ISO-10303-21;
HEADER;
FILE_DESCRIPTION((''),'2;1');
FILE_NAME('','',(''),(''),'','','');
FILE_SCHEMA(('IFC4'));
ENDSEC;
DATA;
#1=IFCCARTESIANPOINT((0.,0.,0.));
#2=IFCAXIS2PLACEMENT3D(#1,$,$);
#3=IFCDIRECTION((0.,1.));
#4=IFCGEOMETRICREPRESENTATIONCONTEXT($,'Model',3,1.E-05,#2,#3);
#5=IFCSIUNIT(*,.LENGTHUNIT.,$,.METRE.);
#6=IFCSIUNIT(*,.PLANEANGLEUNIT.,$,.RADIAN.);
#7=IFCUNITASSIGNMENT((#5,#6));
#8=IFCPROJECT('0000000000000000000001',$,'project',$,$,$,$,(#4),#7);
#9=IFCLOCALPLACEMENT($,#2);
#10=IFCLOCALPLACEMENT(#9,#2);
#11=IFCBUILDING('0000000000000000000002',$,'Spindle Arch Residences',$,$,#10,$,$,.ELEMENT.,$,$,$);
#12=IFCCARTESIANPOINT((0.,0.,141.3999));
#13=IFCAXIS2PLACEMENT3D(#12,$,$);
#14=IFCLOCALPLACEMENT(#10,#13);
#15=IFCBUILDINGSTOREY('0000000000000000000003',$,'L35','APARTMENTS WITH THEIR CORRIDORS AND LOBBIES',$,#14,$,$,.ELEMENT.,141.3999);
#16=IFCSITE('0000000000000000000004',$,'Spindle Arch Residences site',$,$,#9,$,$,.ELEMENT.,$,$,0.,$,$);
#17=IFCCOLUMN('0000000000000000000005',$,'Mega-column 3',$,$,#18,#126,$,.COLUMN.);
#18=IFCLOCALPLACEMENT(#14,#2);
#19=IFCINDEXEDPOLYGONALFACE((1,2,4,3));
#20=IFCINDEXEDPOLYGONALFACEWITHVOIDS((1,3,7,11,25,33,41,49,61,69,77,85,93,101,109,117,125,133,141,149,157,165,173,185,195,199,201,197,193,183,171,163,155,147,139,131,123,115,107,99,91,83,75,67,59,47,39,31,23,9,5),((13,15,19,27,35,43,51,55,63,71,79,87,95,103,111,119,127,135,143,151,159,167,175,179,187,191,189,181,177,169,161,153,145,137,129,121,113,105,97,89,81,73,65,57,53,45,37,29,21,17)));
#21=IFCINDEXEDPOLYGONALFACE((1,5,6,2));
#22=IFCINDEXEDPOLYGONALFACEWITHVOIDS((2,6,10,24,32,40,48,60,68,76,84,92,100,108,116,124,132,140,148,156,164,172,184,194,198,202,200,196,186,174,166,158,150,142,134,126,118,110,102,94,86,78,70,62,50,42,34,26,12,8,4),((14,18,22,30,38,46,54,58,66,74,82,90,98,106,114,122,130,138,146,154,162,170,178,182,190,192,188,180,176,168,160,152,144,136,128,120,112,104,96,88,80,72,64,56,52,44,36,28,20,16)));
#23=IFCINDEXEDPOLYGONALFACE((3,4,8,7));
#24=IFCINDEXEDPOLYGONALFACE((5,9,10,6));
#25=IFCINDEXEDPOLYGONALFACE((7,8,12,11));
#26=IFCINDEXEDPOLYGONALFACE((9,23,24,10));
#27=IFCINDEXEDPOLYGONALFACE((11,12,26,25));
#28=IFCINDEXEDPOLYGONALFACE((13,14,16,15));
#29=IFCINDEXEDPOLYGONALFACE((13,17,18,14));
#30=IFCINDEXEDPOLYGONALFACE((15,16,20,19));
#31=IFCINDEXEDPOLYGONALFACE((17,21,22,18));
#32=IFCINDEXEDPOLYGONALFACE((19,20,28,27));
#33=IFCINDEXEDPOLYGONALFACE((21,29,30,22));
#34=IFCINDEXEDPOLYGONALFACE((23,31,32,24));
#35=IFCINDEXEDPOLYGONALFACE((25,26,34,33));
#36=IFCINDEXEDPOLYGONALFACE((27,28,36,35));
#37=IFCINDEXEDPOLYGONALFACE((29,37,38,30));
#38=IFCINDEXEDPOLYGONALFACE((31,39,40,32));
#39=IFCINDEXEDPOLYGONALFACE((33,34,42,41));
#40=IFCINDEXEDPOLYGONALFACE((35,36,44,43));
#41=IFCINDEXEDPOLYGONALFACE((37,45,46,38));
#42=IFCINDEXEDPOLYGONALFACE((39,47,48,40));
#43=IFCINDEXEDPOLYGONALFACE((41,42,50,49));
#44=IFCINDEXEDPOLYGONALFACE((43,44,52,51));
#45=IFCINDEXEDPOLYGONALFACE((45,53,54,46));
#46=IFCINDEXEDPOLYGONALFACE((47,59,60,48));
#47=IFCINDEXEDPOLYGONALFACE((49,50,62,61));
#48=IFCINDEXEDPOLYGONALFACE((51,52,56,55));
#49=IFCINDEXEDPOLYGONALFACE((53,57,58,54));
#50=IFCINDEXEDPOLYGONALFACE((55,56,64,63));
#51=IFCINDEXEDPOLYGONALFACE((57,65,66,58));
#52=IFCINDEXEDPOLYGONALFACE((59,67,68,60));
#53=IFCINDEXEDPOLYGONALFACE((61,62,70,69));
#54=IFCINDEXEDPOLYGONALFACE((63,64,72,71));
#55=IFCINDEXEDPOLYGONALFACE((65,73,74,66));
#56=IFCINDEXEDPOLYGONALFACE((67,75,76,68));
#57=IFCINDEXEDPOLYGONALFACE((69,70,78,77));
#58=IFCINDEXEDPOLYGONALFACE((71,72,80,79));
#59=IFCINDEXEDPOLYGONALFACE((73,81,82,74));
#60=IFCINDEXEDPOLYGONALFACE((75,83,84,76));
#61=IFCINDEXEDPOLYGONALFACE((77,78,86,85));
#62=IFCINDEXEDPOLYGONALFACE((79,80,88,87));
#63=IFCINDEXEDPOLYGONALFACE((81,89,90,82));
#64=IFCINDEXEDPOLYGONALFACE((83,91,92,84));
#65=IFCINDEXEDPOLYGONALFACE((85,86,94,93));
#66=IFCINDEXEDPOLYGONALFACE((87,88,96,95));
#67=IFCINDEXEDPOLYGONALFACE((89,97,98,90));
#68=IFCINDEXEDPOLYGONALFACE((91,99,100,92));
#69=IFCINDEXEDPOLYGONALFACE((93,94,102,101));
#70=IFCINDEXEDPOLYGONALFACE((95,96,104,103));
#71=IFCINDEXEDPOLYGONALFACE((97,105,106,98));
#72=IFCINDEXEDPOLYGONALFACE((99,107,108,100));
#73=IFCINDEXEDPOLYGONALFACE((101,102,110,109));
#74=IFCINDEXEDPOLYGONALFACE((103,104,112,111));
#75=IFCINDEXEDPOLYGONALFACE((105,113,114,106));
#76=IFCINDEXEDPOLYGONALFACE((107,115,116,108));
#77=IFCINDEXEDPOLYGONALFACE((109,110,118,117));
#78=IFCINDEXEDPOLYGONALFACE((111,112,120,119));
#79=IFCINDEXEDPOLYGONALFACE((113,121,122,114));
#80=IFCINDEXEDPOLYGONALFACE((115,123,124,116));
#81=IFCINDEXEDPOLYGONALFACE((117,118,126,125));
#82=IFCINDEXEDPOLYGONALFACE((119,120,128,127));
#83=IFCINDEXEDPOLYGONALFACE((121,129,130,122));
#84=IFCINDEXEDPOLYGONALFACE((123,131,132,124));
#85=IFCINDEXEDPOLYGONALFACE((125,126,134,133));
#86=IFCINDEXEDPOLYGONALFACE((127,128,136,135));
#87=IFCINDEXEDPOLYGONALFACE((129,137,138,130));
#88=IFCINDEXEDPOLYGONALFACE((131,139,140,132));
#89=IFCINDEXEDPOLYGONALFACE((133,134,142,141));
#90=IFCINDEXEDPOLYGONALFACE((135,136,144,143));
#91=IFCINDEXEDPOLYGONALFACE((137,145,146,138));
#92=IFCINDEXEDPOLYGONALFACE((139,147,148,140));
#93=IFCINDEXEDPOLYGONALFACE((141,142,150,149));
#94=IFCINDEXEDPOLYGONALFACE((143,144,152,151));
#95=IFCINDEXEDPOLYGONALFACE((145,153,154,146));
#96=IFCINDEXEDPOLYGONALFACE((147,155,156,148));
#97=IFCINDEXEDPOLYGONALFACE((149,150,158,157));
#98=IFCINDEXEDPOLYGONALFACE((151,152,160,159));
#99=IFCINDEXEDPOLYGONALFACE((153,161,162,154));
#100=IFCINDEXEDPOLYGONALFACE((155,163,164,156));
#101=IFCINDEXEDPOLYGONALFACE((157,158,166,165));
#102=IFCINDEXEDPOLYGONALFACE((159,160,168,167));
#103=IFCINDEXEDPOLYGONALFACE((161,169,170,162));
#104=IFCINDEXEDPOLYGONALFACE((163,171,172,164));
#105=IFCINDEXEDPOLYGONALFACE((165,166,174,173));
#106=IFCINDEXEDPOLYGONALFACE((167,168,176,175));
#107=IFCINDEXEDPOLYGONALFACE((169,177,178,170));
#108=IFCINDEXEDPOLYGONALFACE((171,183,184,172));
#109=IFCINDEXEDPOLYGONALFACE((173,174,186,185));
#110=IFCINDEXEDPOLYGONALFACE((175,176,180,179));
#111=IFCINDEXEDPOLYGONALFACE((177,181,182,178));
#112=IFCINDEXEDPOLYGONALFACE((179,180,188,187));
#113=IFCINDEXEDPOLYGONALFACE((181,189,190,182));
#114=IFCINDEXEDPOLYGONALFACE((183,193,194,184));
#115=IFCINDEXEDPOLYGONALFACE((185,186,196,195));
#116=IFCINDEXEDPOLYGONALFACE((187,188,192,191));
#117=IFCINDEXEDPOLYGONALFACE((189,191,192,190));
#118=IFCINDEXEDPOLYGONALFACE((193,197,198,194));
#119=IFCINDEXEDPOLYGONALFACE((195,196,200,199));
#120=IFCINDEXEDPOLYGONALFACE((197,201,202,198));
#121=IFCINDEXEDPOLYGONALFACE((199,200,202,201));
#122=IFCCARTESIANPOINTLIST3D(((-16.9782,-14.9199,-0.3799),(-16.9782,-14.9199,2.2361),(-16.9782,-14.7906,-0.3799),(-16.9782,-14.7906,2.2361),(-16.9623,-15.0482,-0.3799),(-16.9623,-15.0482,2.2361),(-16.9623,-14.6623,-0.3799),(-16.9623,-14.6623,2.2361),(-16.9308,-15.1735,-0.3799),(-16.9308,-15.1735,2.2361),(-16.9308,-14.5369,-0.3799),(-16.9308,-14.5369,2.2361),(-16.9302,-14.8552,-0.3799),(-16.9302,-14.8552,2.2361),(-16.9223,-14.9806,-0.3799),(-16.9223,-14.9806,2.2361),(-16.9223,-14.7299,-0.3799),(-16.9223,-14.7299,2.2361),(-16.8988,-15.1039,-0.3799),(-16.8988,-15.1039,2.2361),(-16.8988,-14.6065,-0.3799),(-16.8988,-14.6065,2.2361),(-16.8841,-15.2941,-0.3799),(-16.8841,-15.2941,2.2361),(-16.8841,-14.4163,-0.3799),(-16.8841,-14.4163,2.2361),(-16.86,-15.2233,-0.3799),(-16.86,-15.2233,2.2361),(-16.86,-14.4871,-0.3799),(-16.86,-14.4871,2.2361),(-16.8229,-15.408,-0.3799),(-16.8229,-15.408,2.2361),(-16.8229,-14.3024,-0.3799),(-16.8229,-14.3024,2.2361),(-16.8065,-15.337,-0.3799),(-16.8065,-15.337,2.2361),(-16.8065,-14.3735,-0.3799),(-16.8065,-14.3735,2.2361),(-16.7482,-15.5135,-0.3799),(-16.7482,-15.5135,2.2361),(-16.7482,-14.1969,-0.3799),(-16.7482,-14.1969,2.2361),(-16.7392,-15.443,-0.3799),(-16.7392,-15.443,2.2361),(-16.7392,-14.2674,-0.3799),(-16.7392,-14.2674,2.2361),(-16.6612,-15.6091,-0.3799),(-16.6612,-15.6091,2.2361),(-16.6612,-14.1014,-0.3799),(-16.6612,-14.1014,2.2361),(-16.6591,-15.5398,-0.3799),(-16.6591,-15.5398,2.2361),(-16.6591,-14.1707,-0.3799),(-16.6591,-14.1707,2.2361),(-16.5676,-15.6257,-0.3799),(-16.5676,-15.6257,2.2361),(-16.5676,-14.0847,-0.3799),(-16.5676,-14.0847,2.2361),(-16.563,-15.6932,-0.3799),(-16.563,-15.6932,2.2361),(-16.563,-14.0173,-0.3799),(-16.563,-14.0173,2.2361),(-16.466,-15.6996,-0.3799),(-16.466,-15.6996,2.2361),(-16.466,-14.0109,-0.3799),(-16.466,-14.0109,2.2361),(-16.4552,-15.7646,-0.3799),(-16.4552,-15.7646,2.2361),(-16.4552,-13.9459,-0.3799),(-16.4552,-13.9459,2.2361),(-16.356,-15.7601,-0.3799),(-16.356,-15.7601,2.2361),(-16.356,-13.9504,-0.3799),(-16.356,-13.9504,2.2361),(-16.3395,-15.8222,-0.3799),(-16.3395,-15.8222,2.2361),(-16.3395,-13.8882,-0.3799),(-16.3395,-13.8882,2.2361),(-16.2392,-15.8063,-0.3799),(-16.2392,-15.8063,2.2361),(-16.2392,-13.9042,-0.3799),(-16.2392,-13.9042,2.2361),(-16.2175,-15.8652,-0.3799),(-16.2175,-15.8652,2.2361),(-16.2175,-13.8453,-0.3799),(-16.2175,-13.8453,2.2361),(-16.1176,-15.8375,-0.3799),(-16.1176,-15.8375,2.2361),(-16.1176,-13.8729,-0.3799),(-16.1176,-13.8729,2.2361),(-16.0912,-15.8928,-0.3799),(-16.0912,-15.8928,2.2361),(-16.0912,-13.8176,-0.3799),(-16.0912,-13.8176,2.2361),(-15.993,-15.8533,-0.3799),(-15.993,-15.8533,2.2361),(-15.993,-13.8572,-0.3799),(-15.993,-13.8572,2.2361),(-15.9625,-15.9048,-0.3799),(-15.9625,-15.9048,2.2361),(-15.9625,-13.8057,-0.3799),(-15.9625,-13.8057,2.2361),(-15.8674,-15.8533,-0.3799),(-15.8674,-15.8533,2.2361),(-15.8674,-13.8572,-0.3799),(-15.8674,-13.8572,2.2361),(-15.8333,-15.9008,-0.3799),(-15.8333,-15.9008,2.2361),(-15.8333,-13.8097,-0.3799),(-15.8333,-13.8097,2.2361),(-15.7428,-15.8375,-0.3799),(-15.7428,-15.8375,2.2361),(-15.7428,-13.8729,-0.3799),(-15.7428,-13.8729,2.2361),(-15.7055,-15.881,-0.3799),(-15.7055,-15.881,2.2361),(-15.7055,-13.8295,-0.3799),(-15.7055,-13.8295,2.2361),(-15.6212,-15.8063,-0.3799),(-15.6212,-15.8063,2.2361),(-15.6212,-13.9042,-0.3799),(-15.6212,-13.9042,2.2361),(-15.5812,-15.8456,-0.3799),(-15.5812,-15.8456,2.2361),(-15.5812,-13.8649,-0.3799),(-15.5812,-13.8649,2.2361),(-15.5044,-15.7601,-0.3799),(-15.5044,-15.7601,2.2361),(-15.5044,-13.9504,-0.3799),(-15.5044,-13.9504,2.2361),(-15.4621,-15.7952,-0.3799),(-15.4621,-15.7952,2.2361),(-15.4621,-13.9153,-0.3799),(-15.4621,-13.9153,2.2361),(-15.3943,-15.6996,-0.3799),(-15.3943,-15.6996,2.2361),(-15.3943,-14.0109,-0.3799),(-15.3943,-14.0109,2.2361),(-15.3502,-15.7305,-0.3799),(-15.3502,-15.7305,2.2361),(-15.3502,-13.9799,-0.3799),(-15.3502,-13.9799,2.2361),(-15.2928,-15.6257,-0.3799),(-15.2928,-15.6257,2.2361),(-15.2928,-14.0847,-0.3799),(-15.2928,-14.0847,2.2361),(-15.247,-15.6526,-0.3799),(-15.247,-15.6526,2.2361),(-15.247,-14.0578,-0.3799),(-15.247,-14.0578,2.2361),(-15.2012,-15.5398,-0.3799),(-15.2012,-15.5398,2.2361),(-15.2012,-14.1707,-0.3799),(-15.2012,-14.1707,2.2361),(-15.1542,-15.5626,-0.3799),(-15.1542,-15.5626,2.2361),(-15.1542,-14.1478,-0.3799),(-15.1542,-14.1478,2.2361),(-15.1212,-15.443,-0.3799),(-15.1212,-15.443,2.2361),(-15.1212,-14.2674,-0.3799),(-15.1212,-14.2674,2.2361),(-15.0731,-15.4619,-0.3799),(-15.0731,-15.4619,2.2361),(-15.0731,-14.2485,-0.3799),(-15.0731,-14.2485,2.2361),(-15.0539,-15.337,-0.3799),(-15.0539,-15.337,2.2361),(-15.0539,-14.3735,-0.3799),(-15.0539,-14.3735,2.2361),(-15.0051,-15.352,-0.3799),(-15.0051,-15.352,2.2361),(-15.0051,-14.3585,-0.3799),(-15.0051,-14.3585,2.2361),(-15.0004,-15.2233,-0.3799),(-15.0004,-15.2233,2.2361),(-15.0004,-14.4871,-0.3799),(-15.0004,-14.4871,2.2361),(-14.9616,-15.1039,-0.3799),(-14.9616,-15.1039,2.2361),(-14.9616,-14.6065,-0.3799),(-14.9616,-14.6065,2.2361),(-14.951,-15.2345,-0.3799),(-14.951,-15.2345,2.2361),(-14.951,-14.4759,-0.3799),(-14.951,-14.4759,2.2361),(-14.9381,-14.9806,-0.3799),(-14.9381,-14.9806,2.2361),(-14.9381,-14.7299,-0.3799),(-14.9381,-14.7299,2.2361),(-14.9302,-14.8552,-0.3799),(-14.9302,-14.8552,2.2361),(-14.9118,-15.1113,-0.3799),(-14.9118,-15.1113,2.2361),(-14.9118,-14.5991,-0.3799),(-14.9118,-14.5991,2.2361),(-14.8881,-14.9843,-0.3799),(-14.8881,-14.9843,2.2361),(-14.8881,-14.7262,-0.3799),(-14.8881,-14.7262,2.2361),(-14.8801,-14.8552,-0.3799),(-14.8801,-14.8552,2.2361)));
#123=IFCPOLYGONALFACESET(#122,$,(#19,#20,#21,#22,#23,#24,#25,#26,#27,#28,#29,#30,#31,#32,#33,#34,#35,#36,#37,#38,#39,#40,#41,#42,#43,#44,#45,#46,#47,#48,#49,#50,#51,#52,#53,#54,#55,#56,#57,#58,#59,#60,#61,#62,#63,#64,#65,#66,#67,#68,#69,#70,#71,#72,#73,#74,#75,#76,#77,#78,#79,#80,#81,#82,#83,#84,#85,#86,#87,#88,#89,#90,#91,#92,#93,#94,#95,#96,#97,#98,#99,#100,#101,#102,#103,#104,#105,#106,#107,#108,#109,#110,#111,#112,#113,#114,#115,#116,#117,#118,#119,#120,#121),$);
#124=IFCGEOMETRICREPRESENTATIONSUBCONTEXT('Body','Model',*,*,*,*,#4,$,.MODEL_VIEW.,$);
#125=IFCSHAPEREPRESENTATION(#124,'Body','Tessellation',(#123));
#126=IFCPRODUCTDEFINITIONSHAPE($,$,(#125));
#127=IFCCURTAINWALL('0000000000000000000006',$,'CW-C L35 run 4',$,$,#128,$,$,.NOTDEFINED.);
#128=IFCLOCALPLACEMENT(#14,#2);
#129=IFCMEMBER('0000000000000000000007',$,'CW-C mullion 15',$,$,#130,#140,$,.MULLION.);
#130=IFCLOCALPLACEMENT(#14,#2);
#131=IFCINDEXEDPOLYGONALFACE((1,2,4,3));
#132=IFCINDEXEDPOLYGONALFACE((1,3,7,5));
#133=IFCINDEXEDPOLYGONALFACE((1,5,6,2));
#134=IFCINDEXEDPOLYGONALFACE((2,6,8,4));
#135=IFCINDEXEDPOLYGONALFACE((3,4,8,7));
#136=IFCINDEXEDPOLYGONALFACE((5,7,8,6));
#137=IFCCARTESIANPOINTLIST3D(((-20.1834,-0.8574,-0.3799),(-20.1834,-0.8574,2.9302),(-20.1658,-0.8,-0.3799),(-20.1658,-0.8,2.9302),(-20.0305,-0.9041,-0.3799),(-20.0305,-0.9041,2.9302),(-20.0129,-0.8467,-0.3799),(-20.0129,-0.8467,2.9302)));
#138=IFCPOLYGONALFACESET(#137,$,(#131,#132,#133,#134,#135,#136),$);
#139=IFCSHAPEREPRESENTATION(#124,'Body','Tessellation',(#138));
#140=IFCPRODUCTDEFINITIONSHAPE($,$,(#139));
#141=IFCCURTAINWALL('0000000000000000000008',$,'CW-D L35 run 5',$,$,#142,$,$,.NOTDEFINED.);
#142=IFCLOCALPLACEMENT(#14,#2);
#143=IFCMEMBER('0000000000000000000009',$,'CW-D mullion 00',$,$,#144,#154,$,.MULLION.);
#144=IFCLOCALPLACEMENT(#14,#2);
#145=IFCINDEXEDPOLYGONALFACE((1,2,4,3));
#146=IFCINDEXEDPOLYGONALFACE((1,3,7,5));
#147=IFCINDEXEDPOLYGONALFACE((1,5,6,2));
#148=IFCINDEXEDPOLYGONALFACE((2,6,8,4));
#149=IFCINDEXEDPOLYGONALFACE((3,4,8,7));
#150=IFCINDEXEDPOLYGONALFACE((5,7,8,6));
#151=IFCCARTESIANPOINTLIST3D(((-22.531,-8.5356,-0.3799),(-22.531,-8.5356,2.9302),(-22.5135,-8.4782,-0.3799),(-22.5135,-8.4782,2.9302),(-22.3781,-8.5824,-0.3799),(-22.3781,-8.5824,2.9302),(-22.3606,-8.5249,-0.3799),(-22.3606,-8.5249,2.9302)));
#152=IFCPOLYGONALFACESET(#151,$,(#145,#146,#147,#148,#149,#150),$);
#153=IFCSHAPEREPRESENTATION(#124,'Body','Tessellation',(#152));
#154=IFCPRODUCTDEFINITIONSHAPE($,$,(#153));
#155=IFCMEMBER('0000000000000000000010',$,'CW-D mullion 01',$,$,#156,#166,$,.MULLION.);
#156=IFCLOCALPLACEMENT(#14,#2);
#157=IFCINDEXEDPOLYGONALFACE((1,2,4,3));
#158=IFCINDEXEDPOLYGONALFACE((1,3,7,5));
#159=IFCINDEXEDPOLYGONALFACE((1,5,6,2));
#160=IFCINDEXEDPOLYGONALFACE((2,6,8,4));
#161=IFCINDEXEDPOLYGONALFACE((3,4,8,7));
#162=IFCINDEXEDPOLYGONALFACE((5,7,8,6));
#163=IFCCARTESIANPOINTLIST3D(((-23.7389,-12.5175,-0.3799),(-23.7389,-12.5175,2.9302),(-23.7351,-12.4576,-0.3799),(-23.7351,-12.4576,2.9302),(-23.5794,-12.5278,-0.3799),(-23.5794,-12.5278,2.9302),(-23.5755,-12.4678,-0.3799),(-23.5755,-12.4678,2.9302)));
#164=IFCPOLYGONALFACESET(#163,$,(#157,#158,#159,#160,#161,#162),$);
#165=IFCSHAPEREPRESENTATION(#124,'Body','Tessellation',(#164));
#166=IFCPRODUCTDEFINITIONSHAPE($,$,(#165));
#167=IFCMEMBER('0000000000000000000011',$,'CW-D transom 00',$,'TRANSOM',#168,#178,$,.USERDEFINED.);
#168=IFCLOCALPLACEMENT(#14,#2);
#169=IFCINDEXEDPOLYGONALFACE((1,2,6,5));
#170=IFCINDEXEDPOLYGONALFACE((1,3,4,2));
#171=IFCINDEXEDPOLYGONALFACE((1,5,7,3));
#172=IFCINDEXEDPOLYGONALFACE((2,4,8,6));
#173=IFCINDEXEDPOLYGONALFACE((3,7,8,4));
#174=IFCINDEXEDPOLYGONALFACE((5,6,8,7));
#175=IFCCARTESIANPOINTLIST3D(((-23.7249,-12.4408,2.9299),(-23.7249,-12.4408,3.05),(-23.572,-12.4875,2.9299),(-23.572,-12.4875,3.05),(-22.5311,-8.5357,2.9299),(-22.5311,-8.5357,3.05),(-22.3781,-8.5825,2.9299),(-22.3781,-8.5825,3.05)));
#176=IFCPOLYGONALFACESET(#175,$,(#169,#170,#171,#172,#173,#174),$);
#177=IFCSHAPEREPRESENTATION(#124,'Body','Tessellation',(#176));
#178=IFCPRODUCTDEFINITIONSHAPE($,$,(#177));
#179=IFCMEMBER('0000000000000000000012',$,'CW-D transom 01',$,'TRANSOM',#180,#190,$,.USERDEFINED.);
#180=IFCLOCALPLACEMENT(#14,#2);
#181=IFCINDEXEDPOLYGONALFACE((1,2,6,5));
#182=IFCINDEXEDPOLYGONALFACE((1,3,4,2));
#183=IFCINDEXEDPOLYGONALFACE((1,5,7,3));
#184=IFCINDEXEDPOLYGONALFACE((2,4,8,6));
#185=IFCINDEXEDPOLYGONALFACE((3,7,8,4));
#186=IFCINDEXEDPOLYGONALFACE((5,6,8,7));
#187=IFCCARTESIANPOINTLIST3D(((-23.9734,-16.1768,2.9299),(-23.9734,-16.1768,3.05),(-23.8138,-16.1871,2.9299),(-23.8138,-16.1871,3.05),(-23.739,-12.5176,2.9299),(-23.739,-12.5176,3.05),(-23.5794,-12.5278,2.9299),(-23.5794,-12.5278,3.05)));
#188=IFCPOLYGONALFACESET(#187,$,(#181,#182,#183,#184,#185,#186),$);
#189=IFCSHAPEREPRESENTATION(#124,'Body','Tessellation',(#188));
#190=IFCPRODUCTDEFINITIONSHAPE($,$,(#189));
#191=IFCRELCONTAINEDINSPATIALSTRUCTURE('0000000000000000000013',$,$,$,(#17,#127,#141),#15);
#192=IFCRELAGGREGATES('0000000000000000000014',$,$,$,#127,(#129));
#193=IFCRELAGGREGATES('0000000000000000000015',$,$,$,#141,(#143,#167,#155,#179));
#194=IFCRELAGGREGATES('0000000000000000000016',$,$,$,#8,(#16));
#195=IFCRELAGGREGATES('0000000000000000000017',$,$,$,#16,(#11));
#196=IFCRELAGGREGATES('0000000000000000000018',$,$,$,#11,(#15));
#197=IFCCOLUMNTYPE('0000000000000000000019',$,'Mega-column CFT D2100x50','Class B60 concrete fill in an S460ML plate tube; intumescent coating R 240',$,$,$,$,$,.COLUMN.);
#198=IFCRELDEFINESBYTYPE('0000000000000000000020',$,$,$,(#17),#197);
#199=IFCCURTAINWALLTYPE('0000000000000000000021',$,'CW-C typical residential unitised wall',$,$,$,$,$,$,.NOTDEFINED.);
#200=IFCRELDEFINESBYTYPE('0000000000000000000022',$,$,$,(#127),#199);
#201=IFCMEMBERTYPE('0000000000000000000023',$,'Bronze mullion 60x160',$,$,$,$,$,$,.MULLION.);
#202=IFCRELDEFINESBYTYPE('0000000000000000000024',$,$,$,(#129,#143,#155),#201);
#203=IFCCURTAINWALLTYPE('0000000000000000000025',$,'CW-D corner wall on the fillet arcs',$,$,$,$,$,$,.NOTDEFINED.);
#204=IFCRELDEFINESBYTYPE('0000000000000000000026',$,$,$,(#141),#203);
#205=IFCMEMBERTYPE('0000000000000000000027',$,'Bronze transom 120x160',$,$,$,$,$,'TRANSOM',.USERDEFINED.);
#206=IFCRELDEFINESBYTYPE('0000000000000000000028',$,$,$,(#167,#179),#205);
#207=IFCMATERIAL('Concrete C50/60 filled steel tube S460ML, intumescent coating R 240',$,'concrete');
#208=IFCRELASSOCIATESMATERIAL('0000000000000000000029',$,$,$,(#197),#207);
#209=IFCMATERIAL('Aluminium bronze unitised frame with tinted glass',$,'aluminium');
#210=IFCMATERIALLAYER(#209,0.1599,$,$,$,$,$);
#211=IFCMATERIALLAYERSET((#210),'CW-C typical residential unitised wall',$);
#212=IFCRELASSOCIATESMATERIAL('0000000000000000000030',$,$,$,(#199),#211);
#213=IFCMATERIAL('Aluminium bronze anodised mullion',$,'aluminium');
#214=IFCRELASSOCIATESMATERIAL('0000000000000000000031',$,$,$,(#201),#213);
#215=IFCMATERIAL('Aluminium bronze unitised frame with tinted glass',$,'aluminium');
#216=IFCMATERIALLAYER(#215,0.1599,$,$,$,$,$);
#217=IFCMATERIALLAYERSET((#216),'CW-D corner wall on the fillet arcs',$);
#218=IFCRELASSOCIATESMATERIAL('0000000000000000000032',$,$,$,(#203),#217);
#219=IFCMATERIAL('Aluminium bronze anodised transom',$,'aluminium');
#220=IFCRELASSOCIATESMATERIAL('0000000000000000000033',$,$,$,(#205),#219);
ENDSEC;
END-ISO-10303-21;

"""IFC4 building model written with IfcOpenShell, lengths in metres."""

from ifc_helpers import new_model, si_unit, direction, frame, origin, origin_2d, place, context, subcontext, project, spatial, rectangle, hollow_circle, extrude, material, layer, layer_set, material_profile, profile_set, type_object, element, aggregate, save


model = new_model("IFC4")

# Units and contexts
model_context = context("Model", 3, precision=1e-05, world=origin(), true_north=direction((0.0, 1.0)))
body_context = subcontext(model_context, "Body", "Model", "MODEL_VIEW")
ifc_project = project(units=[si_unit("LENGTHUNIT", "METRE"), si_unit("PLANEANGLEUNIT", "RADIAN")], contexts=[model_context])

# Site, building, storey
site_placement = place(None, origin())
site = spatial("IfcSite", under=ifc_project, at=site_placement, Name="Spindle Arch Residences site", CompositionType="ELEMENT", RefElevation=0.0)
building_placement = place(site_placement, origin())
building = spatial("IfcBuilding", under=site, at=building_placement, Name="Spindle Arch Residences", CompositionType="ELEMENT")
storey_placement = place(building_placement, frame((0.0, 0.0, 141.3999)))
storey = spatial("IfcBuildingStorey", under=building, at=storey_placement, Name="L35", Description="APARTMENTS WITH THEIR CORRIDORS AND LOBBIES", CompositionType="ELEMENT", Elevation=141.3999)

# Column
ifc_material_1 = material(Name="Concrete C50/60 filled steel tube S460ML, intumescent coating R 240", Category="concrete")
ifc_material_profile_1 = material_profile(ifc_material_1, hollow_circle(Radius=1.05, WallThickness=0.05, at=origin_2d()), Name="CFT D2100x50")
ifc_profile_set_1 = profile_set([ifc_material_profile_1], Name="Concrete C50/60 filled steel tube S460ML, intumescent coating R 240")
column_type_1 = type_object("IfcColumnType", Name="Mega-column CFT D2100x50", Description="Class B60 concrete fill in an S460ML plate tube; intumescent coating R 240", PredefinedType="COLUMN", material=ifc_profile_set_1)
column_placement = place(storey_placement, frame((-15.9302, -14.8552, -0.3799), z_axis=(0.0, 0.0, 1.0), x_axis=(1.0, 0.0, 0.0)))
element("IfcColumn", 1, at=column_placement, inside=storey, type_object=column_type_1, Name="Mega-column 3", PredefinedType="COLUMN", context=body_context, shape_type="SweptSolid", body=[
    extrude(hollow_circle(Radius=1.05, WallThickness=0.05, at=origin_2d()), origin(), (0.0, 0.0, 1.0), 2.616),
])

# Curtain wall, member
ifc_material_2 = material(Name="Aluminium bronze unitised frame with tinted glass", Category="aluminium")
ifc_layer_1 = layer(ifc_material_2, 0.1599)
ifc_layer_set_1 = layer_set([ifc_layer_1], Name="CW-C typical residential unitised wall")
curtain_wall_type_1 = type_object("IfcCurtainWallType", Name="CW-C typical residential unitised wall", PredefinedType="NOTDEFINED", material=ifc_layer_set_1)
curtain_wall_1_placement = place(storey_placement, origin())
curtain_wall_1 = element("IfcCurtainWall", 2, at=curtain_wall_1_placement, inside=storey, type_object=curtain_wall_type_1, Name="CW-C L35 run 4", PredefinedType="NOTDEFINED")
ifc_material_3 = material(Name="Aluminium bronze anodised mullion", Category="aluminium")
ifc_material_profile_2 = material_profile(ifc_material_3, rectangle(XDim=0.1599, YDim=0.0601, at=origin_2d()), Name="MU 60x160")
ifc_profile_set_2 = profile_set([ifc_material_profile_2], Name="Aluminium bronze anodised mullion")
member_type_1 = type_object("IfcMemberType", Name="Bronze mullion 60x160", PredefinedType="MULLION", material=ifc_profile_set_2)
member_1_placement = place(storey_placement, frame((-20.0981, -0.8521, -0.3799), z_axis=(0.0, 0.0, 1.0), x_axis=(0.956305, -0.292372, 0.0)))
member_1 = element("IfcMember", 3, at=member_1_placement, type_object=member_type_1, Name="CW-C mullion 15", PredefinedType="MULLION", context=body_context, shape_type="SweptSolid", body=[
    extrude(rectangle(XDim=0.1599, YDim=0.0601, at=origin_2d()), origin(), (0.0, 0.0, 1.0), 3.3101),
])

# Curtain wall, members
ifc_material_4 = material(Name="Aluminium bronze unitised frame with tinted glass", Category="aluminium")
ifc_layer_2 = layer(ifc_material_4, 0.1599)
ifc_layer_set_2 = layer_set([ifc_layer_2], Name="CW-D corner wall on the fillet arcs")
curtain_wall_type_2 = type_object("IfcCurtainWallType", Name="CW-D corner wall on the fillet arcs", PredefinedType="NOTDEFINED", material=ifc_layer_set_2)
curtain_wall_2_placement = place(storey_placement, origin())
curtain_wall_2 = element("IfcCurtainWall", 4, at=curtain_wall_2_placement, inside=storey, type_object=curtain_wall_type_2, Name="CW-D L35 run 5", PredefinedType="NOTDEFINED")
member_2_placement = place(storey_placement, frame((-22.4458, -8.5303, -0.3799), z_axis=(0.0, 0.0, 1.0), x_axis=(0.956305, -0.292372, 0.0)))
member_2 = element("IfcMember", 5, at=member_2_placement, type_object=member_type_1, Name="CW-D mullion 00", PredefinedType="MULLION", context=body_context, shape_type="SweptSolid", body=[
    extrude(rectangle(XDim=0.1599, YDim=0.0601, at=origin_2d()), origin(), (0.0, 0.0, 1.0), 3.3101),
])
member_3_placement = place(storey_placement, frame((-23.6572, -12.4927, -0.3799), z_axis=(0.0, 0.0, 1.0), x_axis=(0.997953, -0.063952, 0.0)))
member_3 = element("IfcMember", 6, at=member_3_placement, type_object=member_type_1, Name="CW-D mullion 01", PredefinedType="MULLION", context=body_context, shape_type="SweptSolid", body=[
    extrude(rectangle(XDim=0.1599, YDim=0.0601, at=origin_2d()), origin(), (0.0, 0.0, 1.0), 3.3101),
])
ifc_material_5 = material(Name="Aluminium bronze anodised transom", Category="aluminium")
ifc_material_profile_3 = material_profile(ifc_material_5, rectangle(XDim=0.1599, YDim=0.1201, at=origin_2d()), Name="TR 120x160")
ifc_profile_set_3 = profile_set([ifc_material_profile_3], Name="Aluminium bronze anodised transom")
member_type_2 = type_object("IfcMemberType", Name="Bronze transom 120x160", ElementType="TRANSOM", PredefinedType="USERDEFINED", material=ifc_profile_set_3)
member_4_placement = place(storey_placement, frame((-22.4546, -8.5591, 2.99), z_axis=(-0.292363, -0.956307, 0.0), x_axis=(0.956307, -0.292363, 0.0)))
member_4 = element("IfcMember", 7, at=member_4_placement, type_object=member_type_2, Name="CW-D transom 00", ObjectType="TRANSOM", PredefinedType="USERDEFINED", context=body_context, shape_type="SweptSolid", body=[
    extrude(rectangle(XDim=0.1599, YDim=0.1201, at=origin_2d()), origin(), (0.0, 0.0, 1.0), 4.0835),
])
member_5_placement = place(storey_placement, frame((-23.6592, -12.5227, 2.99), z_axis=(-0.06392, -0.997955, 0.0), x_axis=(0.997955, -0.06392, 0.0)))
member_5 = element("IfcMember", 8, at=member_5_placement, type_object=member_type_2, Name="CW-D transom 01", ObjectType="TRANSOM", PredefinedType="USERDEFINED", context=body_context, shape_type="SweptSolid", body=[
    extrude(rectangle(XDim=0.1599, YDim=0.1201, at=origin_2d()), origin(), (0.0, 0.0, 1.0), 3.6667),
])

aggregate(curtain_wall_1, [member_1])
aggregate(curtain_wall_2, [member_2, member_4, member_3, member_5])

save(model, "model.ifc")
